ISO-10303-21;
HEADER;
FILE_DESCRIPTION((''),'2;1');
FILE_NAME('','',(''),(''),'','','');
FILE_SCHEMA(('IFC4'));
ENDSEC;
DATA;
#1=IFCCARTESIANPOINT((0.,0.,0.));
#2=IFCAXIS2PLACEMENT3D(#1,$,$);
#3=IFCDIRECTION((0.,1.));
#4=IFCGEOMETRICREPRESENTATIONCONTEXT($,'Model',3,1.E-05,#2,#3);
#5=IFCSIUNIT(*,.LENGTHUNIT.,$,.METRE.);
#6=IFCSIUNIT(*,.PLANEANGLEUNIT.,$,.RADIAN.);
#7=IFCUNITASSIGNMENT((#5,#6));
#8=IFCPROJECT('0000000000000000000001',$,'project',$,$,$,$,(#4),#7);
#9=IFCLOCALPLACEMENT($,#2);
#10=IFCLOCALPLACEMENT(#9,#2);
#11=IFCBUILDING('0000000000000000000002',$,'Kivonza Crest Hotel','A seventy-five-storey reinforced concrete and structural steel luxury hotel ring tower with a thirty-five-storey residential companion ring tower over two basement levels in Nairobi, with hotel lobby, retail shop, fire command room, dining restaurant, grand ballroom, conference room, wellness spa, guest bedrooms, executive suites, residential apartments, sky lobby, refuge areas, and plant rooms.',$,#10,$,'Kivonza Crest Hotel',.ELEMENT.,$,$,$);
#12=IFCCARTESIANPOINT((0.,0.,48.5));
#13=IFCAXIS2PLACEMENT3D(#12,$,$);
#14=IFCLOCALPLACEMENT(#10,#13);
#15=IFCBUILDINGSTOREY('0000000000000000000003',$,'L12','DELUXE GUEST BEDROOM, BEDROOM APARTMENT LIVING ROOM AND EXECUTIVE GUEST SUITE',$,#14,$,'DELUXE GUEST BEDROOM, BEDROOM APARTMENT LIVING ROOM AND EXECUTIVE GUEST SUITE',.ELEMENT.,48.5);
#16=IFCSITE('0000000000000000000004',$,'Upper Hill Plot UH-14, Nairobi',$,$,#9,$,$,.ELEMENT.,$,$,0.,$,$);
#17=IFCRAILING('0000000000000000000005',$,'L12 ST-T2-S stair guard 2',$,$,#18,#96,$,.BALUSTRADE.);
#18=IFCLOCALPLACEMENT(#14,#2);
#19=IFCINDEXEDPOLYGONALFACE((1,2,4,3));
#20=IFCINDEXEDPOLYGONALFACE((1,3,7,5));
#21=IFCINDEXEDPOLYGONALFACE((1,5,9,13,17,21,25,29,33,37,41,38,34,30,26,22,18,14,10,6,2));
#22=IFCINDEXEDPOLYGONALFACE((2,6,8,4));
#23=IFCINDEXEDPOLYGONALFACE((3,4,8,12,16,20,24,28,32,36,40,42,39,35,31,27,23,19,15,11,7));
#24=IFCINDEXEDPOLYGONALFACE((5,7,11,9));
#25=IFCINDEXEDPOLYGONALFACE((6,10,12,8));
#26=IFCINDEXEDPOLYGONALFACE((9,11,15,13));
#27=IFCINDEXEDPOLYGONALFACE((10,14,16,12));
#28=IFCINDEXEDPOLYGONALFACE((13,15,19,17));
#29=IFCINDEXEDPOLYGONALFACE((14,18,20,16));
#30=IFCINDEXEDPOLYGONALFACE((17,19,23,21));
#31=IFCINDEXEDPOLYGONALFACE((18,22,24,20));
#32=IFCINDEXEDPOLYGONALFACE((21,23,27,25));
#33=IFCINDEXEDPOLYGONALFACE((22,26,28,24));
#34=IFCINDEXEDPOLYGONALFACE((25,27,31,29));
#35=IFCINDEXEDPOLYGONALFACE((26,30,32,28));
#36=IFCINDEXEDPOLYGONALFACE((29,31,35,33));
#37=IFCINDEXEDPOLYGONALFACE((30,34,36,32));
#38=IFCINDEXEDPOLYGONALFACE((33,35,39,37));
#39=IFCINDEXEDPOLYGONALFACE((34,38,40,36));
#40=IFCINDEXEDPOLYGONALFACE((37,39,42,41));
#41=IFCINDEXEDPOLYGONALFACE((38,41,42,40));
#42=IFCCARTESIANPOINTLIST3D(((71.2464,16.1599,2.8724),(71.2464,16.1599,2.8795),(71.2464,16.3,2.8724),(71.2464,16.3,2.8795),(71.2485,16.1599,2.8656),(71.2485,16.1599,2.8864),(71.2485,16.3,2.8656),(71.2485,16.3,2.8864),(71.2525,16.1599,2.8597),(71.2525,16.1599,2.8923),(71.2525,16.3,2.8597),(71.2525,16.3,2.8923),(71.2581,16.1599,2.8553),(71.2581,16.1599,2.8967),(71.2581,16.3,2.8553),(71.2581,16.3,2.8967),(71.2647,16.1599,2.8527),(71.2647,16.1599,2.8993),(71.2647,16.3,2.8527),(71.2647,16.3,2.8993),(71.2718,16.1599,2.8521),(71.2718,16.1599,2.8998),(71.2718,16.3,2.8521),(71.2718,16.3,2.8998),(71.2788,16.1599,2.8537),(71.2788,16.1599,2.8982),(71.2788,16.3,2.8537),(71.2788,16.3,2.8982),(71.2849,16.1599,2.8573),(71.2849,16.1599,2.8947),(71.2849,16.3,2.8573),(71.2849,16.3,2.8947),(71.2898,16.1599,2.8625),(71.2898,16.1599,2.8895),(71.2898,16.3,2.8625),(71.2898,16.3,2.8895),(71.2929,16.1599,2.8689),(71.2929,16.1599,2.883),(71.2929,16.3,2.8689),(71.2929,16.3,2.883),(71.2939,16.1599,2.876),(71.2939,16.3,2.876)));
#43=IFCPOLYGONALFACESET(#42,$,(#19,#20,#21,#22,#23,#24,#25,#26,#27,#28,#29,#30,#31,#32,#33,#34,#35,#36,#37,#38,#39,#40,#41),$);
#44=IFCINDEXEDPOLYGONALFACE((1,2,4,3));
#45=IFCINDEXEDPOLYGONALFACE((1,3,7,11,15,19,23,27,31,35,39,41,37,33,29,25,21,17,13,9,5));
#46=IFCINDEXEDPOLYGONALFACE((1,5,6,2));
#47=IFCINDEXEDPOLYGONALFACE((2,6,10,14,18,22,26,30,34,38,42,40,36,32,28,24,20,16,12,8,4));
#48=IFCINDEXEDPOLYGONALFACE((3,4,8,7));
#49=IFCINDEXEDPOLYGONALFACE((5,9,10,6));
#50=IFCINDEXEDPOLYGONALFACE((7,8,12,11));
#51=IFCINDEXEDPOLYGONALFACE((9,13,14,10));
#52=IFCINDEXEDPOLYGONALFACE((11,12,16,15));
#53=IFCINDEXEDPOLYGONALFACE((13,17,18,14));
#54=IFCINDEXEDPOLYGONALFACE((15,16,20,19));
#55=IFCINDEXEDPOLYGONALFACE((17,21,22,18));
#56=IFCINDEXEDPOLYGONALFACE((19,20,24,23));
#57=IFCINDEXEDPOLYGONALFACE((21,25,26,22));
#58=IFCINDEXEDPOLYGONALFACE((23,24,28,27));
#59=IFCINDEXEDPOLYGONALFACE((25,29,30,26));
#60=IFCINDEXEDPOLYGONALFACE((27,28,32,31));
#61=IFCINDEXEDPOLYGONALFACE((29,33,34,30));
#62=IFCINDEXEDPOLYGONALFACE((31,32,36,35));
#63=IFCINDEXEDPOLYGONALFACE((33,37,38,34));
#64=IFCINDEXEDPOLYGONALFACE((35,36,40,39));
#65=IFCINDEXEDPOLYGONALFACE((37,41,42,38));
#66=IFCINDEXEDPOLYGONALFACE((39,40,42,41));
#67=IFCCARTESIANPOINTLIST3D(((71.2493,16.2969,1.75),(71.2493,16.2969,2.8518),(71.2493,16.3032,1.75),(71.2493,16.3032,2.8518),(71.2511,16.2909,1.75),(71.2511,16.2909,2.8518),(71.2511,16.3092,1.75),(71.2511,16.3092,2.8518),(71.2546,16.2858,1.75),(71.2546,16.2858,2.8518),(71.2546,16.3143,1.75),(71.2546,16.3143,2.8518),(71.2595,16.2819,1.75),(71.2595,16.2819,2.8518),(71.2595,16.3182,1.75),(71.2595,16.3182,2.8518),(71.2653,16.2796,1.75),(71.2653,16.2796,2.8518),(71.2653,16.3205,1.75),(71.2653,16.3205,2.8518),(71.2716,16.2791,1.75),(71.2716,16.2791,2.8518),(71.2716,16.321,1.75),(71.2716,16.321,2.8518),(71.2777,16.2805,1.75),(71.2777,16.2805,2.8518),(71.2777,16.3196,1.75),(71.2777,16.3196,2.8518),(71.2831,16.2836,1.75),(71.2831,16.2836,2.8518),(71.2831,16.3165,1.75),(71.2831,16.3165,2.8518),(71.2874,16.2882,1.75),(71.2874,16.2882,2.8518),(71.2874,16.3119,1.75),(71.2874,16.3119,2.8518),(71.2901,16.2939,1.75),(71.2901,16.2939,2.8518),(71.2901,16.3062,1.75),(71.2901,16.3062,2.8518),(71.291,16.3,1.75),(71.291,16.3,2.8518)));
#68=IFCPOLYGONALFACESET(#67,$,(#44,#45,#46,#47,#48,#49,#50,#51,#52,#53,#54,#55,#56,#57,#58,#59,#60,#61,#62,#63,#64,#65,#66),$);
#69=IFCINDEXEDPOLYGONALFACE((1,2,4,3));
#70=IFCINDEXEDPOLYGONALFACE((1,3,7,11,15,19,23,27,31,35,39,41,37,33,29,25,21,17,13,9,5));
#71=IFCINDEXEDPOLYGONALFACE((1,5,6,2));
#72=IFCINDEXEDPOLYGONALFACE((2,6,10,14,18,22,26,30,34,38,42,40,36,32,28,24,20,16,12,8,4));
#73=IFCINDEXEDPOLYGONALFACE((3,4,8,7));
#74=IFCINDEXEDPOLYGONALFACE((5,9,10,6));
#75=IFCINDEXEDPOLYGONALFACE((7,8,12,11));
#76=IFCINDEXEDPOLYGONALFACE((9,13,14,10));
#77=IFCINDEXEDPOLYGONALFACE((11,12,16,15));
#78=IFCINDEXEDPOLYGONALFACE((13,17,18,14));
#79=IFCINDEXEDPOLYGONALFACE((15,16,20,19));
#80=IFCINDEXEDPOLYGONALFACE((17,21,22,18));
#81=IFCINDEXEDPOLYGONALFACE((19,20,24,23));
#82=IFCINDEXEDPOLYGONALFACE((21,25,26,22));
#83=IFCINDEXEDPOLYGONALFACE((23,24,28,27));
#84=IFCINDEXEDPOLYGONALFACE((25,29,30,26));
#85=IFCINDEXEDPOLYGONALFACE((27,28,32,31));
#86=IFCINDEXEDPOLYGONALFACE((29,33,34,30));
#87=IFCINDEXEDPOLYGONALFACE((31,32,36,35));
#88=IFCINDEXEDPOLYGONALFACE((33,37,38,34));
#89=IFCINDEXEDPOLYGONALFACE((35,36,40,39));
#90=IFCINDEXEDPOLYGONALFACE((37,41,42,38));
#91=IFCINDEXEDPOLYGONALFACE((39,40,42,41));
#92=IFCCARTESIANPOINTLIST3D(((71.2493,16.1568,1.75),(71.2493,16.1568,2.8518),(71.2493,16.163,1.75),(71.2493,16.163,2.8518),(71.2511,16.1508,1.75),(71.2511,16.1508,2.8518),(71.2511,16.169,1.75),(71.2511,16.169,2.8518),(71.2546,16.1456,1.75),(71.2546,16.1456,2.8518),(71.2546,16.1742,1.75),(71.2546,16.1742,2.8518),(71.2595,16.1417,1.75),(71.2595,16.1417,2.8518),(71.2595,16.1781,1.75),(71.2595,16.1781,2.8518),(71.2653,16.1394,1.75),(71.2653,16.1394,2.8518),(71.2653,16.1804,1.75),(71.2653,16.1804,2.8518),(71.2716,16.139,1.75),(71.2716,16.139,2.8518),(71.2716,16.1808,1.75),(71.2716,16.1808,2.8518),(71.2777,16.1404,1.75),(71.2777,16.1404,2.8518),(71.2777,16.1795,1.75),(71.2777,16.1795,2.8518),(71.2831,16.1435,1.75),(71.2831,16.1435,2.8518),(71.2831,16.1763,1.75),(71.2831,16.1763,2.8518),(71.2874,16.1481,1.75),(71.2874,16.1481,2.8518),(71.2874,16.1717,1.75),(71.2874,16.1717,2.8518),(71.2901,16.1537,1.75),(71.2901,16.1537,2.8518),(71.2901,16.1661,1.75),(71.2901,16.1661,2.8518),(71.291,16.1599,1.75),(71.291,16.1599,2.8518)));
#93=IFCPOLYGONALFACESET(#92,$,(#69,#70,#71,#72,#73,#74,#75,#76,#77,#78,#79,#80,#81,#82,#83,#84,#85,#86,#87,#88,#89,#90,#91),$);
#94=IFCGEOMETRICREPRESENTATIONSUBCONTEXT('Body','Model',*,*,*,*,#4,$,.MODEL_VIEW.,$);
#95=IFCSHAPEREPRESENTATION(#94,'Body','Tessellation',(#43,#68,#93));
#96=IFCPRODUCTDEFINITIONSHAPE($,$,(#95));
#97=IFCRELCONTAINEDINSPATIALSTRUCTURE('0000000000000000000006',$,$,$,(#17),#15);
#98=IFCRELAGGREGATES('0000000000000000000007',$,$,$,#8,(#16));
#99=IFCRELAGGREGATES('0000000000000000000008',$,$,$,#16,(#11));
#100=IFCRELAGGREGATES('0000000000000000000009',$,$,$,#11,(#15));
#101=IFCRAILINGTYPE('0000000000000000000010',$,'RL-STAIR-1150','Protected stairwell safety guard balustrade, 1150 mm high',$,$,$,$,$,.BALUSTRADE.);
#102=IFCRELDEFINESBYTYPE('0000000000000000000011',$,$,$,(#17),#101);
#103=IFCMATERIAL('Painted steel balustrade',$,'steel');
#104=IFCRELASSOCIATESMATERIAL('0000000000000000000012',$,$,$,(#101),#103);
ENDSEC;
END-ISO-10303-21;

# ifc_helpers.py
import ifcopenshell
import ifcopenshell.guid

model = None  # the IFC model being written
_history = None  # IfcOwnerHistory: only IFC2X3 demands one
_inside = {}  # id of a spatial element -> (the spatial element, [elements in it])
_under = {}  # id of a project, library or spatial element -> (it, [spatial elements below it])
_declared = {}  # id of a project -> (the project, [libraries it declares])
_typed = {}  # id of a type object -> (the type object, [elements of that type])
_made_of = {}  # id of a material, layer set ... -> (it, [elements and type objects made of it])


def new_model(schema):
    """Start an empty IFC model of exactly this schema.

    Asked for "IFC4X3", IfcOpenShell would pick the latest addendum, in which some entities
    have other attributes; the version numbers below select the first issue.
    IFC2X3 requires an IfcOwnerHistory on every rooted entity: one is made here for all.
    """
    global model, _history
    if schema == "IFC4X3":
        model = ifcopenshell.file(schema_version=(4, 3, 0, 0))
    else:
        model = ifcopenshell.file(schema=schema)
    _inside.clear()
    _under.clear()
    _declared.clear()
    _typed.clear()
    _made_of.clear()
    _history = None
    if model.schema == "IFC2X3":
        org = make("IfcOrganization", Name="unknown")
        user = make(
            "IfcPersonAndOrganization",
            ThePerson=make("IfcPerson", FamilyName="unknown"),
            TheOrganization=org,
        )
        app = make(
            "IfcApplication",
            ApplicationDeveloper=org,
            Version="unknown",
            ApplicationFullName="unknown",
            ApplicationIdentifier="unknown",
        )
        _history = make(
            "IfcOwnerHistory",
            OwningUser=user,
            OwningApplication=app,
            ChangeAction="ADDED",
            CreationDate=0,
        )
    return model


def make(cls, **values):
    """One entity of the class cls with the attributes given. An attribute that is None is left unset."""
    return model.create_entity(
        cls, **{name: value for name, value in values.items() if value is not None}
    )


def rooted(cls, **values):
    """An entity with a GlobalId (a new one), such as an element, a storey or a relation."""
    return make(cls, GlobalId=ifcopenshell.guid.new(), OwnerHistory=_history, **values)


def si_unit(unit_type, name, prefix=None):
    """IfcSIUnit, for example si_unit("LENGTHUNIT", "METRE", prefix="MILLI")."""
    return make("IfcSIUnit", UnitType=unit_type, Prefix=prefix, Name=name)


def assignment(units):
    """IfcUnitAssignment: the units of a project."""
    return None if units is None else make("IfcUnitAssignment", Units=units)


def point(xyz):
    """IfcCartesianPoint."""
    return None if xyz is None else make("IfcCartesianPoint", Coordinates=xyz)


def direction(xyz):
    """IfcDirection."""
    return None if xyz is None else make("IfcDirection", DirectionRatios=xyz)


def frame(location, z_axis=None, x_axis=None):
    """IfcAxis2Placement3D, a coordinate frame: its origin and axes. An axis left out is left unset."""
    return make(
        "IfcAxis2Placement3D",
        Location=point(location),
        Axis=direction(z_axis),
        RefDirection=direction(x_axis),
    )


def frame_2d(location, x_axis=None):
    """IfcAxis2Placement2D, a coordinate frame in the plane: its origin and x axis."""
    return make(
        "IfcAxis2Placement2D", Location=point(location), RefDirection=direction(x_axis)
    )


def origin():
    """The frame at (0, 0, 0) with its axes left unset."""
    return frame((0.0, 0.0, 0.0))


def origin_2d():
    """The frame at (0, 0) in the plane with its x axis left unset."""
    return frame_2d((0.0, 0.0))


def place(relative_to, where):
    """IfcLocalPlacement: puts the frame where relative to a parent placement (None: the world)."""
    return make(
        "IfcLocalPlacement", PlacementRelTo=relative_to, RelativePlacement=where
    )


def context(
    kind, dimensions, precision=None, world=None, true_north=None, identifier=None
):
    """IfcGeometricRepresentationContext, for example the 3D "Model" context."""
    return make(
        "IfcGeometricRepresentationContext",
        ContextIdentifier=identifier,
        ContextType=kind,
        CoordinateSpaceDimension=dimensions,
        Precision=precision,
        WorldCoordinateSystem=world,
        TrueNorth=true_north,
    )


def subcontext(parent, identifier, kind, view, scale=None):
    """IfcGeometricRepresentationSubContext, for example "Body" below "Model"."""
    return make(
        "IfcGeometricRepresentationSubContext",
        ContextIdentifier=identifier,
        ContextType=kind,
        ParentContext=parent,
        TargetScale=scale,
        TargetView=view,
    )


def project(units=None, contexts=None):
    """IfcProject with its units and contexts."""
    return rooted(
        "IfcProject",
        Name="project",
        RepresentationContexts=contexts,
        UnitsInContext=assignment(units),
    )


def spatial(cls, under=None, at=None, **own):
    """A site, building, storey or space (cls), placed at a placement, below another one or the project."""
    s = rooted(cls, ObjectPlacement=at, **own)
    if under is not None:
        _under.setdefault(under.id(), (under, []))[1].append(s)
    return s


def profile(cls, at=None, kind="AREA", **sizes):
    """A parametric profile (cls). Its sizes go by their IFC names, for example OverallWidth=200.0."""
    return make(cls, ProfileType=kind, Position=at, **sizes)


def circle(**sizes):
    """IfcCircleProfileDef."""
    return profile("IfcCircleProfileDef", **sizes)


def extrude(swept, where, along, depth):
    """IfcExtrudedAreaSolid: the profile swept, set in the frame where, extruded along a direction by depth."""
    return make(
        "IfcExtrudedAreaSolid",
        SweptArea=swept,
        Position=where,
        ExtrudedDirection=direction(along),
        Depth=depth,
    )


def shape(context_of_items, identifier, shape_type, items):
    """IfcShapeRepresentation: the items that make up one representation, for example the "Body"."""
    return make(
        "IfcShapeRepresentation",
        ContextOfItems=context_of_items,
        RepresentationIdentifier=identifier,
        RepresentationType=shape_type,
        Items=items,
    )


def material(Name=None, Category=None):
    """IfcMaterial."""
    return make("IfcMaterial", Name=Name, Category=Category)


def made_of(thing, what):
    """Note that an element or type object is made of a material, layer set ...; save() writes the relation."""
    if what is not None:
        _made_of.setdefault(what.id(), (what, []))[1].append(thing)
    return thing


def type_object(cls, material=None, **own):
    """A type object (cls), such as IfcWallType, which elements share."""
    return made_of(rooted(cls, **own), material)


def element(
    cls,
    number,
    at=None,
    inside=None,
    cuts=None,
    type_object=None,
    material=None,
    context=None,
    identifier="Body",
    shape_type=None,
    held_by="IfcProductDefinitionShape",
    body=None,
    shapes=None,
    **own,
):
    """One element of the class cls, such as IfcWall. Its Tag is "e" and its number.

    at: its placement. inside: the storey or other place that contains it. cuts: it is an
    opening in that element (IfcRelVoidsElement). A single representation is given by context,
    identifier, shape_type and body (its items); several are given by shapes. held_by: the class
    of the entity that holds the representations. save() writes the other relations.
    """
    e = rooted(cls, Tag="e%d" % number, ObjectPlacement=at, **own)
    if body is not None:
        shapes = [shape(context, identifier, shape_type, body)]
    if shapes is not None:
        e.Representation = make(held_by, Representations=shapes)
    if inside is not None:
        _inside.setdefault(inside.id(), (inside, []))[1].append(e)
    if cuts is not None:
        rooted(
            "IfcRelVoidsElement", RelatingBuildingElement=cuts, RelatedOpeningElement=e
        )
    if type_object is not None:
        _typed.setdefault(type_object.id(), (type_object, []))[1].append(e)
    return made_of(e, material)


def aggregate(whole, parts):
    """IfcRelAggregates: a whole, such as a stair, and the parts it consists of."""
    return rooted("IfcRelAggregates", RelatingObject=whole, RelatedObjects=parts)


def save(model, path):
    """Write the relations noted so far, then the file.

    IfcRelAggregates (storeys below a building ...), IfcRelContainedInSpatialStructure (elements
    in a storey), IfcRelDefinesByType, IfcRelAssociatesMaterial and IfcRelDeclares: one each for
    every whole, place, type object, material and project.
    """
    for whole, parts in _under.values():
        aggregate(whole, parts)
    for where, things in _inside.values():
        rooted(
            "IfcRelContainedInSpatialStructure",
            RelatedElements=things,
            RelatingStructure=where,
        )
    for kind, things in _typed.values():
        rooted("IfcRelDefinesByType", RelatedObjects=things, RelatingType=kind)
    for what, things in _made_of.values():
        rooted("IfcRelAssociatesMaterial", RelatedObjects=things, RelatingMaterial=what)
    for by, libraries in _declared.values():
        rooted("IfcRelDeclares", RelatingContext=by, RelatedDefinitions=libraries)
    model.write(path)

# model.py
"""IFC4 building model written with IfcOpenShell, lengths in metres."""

from ifc_helpers import new_model, si_unit, direction, frame, origin, origin_2d, place, context, subcontext, project, spatial, circle, extrude, material, type_object, element, save


model = new_model("IFC4")

# Units and contexts
model_context = context("Model", 3, precision=1e-05, world=origin(), true_north=direction((0.0, 1.0)))
body_context = subcontext(model_context, "Body", "Model", "MODEL_VIEW")
ifc_project = project(units=[si_unit("LENGTHUNIT", "METRE"), si_unit("PLANEANGLEUNIT", "RADIAN")], contexts=[model_context])

# Site, building, storey
site_placement = place(None, origin())
site = spatial("IfcSite", under=ifc_project, at=site_placement, Name="Upper Hill Plot UH-14, Nairobi", CompositionType="ELEMENT", RefElevation=0.0)
building_placement = place(site_placement, origin())
building = spatial("IfcBuilding", under=site, at=building_placement, Name="Kivonza Crest Hotel", Description="A seventy-five-storey reinforced concrete and structural steel luxury hotel ring tower with a thirty-five-storey residential companion ring tower over two basement levels in Nairobi, with hotel lobby, retail shop, fire command room, dining restaurant, grand ballroom, conference room, wellness spa, guest bedrooms, executive suites, residential apartments, sky lobby, refuge areas, and plant rooms.", LongName="Kivonza Crest Hotel", CompositionType="ELEMENT")
storey_placement = place(building_placement, frame((0.0, 0.0, 48.5)))
storey = spatial("IfcBuildingStorey", under=building, at=storey_placement, Name="L12", Description="DELUXE GUEST BEDROOM, BEDROOM APARTMENT LIVING ROOM AND EXECUTIVE GUEST SUITE", LongName="DELUXE GUEST BEDROOM, BEDROOM APARTMENT LIVING ROOM AND EXECUTIVE GUEST SUITE", CompositionType="ELEMENT", Elevation=48.5)

# Railing
ifc_material_1 = material(Name="Painted steel balustrade", Category="steel")
railing_type_1 = type_object("IfcRailingType", Name="RL-STAIR-1150", Description="Protected stairwell safety guard balustrade, 1150 mm high", PredefinedType="BALUSTRADE", material=ifc_material_1)
railing_1_placement = place(storey_placement, frame((71.27, 16.3, 1.75)))
element("IfcRailing", 1, at=railing_1_placement, inside=storey, type_object=railing_type_1, Name="L12 ST-T2-S stair guard 2", PredefinedType="BALUSTRADE", context=body_context, shape_type="SweptSolid", body=[
    extrude(circle(Radius=0.0239, at=origin_2d()), frame((0.0, 0.0, 1.126), z_axis=(0.0, -1.0, 0.0), x_axis=(1.0, 0.0, 0.0)), (0.0, 0.0, 1.0), 0.1401),
    extrude(circle(Radius=0.021, at=origin_2d()), origin(), (0.0, 0.0, 1.0), 1.1018),
    extrude(circle(Radius=0.021, at=origin_2d()), frame((0.0, -0.1401, 0.0)), (0.0, 0.0, 1.0), 1.1018),
])

save(model, "model.ifc")
